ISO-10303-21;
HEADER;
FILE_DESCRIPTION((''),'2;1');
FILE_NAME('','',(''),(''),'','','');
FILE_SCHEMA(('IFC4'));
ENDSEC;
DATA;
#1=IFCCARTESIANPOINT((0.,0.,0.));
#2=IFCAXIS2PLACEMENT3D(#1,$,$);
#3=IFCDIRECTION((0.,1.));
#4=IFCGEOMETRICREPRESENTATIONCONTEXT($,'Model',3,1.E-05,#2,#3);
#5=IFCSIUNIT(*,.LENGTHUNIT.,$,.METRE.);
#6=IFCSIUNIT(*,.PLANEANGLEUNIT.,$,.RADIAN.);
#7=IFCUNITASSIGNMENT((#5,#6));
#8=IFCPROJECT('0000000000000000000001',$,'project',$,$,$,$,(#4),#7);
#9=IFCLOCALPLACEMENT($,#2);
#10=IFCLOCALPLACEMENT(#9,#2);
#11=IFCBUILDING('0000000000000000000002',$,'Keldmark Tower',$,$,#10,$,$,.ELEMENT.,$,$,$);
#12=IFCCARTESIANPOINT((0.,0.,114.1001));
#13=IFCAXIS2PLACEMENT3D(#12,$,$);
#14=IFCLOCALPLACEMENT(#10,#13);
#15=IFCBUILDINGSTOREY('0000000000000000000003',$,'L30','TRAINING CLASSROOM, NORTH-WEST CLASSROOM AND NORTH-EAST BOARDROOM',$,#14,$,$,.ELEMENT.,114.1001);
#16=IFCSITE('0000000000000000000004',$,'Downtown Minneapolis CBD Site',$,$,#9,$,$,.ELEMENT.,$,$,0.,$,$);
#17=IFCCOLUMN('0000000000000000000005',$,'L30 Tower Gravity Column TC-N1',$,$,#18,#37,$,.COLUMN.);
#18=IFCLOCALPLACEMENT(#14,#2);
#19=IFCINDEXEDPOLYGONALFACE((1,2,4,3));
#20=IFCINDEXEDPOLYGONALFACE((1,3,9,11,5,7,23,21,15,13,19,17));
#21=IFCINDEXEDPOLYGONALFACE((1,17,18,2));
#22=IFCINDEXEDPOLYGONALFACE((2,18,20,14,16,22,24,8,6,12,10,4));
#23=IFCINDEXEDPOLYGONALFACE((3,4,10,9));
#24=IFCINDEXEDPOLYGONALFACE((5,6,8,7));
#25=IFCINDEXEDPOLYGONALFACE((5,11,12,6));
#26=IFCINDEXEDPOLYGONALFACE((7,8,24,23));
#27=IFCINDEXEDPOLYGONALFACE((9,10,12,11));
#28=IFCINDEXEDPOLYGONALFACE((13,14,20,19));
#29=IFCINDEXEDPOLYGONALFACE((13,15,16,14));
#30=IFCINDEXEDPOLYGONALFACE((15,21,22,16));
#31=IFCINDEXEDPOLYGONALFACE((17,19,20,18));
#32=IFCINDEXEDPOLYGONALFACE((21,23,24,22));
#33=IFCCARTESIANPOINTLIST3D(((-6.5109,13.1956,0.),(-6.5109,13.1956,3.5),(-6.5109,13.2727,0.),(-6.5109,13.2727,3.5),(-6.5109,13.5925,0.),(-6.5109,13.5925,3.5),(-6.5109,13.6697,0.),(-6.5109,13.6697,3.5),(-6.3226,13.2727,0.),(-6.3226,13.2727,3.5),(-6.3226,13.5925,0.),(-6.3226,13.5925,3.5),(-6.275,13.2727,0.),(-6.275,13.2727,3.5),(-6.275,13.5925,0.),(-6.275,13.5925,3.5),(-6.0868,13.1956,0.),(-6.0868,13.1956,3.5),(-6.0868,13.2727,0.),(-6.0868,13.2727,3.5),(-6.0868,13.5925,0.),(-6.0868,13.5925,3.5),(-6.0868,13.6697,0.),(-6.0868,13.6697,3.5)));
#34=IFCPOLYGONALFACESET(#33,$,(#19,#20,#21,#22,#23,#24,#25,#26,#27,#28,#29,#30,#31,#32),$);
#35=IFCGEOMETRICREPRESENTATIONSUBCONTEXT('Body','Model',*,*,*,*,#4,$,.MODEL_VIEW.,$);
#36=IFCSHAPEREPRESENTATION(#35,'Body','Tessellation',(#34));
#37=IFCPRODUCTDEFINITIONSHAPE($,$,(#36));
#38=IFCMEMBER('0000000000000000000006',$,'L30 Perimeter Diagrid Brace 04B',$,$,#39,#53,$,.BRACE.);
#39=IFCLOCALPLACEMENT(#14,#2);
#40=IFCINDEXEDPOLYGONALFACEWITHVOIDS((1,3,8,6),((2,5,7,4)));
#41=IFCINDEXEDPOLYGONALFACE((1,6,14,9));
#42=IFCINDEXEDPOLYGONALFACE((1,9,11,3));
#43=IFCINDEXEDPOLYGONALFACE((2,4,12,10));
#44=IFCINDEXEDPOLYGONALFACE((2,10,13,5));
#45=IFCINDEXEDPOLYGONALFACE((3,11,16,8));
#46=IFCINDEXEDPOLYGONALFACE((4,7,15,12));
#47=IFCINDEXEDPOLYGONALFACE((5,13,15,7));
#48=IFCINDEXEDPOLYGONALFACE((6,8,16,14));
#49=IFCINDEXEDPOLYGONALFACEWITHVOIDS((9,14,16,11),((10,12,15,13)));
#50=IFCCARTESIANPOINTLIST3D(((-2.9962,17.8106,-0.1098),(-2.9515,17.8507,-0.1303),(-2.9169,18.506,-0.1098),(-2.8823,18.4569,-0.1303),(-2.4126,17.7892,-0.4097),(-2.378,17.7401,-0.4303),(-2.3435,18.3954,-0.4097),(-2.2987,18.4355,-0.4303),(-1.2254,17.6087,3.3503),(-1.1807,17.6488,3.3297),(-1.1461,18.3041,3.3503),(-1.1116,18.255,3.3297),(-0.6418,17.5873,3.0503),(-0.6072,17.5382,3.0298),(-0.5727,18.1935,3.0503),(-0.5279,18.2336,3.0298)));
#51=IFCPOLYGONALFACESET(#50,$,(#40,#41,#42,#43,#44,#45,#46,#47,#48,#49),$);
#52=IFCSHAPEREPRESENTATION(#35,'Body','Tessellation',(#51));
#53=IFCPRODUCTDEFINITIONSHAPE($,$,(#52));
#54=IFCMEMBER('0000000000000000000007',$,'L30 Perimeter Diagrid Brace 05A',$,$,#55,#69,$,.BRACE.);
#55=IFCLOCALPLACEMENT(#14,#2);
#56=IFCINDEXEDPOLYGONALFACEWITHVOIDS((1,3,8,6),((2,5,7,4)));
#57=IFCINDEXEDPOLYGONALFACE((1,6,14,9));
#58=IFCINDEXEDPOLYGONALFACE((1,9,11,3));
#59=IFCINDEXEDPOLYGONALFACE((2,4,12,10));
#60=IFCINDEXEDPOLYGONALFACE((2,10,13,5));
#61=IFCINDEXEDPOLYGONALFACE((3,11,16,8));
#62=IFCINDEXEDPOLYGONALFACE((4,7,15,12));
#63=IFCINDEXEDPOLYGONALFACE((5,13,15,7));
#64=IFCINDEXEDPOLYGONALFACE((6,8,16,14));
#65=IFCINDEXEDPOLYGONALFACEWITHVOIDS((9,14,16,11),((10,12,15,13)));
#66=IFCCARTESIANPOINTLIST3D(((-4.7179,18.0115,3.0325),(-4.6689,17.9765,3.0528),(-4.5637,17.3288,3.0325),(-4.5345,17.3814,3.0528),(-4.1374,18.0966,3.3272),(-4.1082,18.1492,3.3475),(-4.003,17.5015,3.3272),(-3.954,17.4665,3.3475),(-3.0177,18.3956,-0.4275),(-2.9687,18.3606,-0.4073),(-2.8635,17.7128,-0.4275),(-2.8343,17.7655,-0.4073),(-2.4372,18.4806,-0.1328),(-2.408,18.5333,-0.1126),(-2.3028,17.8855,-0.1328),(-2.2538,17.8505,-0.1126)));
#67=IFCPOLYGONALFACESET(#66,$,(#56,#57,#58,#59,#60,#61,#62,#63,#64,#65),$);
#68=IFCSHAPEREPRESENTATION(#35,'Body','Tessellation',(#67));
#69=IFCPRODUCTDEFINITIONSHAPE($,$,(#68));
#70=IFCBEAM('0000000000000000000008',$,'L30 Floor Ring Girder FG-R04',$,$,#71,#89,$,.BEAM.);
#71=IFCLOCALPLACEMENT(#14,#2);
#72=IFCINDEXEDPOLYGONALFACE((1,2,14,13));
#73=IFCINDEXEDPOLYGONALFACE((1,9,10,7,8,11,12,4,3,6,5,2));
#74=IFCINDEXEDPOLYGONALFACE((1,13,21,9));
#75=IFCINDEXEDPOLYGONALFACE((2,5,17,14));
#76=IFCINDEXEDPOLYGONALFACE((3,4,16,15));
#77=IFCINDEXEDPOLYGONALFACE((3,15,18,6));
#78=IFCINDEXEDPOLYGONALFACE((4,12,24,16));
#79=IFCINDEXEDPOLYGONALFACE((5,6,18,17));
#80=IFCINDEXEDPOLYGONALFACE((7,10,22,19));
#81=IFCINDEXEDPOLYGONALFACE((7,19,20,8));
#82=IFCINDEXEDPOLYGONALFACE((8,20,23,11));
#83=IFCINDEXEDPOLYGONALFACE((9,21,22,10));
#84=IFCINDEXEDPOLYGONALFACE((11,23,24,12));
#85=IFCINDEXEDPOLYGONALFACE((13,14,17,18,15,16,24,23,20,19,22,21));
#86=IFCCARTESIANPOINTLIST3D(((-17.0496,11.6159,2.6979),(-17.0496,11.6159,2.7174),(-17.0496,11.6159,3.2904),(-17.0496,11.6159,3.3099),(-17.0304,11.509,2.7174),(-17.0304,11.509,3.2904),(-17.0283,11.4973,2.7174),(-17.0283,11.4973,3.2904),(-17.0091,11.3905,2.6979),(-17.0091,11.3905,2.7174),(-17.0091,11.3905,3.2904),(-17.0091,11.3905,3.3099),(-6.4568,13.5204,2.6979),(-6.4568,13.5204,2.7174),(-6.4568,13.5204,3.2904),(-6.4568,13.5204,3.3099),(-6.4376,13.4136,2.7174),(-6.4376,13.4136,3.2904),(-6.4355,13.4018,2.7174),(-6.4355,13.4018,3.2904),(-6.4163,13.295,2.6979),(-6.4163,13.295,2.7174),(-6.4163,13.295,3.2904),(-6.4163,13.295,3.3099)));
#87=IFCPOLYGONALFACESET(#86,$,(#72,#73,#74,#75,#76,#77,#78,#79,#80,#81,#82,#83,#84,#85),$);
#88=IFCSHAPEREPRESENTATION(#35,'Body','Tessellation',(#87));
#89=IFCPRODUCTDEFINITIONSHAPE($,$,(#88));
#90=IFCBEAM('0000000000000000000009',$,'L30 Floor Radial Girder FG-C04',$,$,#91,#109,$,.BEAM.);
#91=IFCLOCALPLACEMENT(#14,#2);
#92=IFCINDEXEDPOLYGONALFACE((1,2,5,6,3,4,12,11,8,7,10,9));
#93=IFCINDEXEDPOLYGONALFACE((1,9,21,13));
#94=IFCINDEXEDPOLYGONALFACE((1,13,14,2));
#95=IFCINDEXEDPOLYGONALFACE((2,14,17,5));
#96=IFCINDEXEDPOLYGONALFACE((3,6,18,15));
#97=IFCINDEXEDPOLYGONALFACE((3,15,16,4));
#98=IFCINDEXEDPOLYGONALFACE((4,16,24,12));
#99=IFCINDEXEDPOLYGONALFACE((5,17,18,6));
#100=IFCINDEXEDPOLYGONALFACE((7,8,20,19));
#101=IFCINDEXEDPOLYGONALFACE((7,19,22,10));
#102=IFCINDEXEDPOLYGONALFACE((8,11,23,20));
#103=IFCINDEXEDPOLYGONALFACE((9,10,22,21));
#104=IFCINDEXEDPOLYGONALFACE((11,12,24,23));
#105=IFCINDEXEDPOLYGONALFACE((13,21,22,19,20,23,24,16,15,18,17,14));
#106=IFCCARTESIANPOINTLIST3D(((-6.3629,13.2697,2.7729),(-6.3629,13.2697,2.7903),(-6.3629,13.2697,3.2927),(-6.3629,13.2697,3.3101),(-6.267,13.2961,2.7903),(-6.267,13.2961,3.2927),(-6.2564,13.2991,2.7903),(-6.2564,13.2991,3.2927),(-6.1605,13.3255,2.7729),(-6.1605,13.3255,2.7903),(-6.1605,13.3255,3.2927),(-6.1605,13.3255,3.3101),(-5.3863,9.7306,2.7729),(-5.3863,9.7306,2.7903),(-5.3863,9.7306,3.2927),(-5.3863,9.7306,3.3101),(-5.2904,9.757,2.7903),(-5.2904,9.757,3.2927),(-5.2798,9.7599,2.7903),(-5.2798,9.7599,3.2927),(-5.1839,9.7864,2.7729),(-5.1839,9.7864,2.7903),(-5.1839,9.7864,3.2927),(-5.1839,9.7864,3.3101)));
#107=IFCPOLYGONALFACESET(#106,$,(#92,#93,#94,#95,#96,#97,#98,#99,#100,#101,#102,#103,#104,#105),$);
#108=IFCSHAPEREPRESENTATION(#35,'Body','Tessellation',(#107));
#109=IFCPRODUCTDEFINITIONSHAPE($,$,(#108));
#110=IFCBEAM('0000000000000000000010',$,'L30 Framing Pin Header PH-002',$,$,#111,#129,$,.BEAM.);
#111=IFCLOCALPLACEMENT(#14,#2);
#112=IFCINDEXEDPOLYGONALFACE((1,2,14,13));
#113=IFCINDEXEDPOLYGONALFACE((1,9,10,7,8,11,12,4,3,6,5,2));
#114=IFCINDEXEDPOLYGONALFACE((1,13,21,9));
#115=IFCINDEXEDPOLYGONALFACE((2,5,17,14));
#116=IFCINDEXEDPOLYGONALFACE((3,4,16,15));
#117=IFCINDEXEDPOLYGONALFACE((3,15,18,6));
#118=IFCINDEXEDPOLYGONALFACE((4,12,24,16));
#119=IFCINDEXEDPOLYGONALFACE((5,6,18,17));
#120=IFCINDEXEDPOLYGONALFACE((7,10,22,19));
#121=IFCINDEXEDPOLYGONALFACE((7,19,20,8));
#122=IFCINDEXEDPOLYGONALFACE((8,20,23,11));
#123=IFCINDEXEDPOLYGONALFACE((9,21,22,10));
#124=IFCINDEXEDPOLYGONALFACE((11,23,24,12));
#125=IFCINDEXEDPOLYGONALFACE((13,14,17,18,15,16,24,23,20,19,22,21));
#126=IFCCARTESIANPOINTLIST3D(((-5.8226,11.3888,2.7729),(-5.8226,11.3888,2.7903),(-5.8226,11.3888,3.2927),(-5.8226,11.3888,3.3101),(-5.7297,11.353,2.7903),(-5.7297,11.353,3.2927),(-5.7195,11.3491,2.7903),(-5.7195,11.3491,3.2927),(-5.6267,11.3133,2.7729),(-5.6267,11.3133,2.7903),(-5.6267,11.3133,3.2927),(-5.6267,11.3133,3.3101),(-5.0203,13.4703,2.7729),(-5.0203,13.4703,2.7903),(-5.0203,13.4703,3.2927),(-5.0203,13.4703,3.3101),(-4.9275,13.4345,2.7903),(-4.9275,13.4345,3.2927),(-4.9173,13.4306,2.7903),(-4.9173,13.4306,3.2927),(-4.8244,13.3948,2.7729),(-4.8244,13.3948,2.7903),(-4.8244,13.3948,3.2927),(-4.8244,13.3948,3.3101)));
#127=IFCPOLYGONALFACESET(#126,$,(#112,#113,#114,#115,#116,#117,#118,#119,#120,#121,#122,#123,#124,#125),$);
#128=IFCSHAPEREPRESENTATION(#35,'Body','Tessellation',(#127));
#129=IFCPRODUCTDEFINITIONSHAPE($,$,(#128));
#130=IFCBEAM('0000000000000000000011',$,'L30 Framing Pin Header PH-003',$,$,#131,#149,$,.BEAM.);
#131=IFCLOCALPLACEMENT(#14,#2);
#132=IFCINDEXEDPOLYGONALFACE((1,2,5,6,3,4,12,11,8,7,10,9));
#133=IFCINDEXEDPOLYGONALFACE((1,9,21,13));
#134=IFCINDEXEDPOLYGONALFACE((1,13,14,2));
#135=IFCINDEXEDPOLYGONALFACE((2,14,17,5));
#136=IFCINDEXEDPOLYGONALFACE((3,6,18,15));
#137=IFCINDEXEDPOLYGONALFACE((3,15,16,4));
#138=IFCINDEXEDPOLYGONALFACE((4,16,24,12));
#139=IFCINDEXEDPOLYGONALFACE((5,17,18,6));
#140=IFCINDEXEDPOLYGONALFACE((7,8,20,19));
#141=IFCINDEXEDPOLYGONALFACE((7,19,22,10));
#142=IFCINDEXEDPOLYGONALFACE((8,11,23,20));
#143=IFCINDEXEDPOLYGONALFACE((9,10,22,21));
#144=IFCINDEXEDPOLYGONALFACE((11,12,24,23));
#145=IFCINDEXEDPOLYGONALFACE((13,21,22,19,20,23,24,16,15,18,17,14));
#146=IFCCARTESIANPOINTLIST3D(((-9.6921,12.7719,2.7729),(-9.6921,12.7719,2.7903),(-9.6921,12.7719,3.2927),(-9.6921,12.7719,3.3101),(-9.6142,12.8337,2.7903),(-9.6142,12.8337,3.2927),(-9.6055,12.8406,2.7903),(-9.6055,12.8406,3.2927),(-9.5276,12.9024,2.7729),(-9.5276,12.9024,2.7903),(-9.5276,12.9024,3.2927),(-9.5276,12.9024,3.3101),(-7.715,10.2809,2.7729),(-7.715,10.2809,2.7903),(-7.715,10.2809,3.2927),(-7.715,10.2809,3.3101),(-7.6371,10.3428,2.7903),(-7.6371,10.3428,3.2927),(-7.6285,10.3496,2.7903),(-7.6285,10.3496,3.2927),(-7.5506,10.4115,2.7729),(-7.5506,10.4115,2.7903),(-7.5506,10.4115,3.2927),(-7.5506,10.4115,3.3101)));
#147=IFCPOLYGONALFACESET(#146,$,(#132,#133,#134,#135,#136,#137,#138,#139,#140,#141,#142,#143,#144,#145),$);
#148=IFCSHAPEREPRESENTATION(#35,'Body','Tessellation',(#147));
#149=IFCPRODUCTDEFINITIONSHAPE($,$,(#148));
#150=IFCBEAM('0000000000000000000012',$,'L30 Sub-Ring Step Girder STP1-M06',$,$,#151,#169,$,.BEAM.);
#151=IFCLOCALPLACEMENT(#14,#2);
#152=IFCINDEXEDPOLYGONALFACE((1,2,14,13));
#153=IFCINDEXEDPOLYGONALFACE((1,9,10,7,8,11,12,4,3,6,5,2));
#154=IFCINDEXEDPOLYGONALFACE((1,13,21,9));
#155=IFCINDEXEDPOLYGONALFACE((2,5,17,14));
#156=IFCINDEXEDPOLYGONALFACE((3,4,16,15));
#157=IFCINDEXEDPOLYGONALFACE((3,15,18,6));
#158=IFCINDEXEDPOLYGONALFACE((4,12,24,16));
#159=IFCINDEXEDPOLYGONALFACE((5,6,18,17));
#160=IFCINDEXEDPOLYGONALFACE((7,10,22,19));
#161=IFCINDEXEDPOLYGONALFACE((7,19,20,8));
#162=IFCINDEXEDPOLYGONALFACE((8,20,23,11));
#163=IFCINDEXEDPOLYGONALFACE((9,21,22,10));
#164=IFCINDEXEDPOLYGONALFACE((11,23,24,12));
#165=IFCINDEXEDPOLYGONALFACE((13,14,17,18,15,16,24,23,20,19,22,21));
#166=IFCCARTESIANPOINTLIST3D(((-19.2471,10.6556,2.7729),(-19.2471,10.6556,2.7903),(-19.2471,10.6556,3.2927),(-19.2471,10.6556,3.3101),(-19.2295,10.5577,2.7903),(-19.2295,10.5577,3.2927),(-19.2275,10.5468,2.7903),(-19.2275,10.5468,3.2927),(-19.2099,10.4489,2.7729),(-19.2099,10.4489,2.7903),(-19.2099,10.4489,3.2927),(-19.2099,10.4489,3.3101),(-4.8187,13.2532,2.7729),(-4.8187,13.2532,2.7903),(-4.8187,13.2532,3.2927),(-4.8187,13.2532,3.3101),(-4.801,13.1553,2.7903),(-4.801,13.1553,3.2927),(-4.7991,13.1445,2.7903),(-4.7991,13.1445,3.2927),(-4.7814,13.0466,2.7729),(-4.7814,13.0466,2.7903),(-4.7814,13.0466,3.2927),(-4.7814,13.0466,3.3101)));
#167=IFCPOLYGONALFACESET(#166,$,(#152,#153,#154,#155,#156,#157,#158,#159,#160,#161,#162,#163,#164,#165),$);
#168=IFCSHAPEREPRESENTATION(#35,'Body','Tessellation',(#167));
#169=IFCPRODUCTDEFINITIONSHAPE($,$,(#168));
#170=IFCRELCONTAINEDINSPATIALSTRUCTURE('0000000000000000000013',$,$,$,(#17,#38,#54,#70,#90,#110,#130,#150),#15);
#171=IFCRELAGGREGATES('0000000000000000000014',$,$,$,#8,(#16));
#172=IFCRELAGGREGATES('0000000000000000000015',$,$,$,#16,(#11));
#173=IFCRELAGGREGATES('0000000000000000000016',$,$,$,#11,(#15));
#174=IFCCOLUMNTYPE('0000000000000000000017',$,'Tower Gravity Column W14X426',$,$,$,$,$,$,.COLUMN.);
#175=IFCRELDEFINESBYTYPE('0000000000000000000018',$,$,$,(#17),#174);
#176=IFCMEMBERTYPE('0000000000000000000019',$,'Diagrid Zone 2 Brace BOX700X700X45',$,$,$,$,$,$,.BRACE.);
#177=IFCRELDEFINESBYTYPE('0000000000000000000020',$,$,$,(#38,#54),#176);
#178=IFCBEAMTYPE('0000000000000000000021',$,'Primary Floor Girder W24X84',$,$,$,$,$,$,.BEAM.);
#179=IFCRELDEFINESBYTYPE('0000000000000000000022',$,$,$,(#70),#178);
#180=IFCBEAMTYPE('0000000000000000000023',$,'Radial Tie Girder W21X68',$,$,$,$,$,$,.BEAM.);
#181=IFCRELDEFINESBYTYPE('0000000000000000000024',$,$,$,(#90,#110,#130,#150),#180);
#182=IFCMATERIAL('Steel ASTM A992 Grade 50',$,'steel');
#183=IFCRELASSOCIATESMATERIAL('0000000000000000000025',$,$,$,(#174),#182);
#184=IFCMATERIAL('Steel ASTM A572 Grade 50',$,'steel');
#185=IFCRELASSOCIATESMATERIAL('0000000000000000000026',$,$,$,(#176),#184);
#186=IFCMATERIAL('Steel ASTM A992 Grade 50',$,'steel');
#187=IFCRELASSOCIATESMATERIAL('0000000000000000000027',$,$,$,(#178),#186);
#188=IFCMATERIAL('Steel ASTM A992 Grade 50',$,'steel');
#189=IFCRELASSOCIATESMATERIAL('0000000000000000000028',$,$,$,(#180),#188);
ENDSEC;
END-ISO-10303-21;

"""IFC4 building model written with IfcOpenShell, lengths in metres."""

from ifc_helpers import new_model, si_unit, direction, frame, origin, origin_2d, place, context, subcontext, project, spatial, hollow_rectangle, i_section, extrude, material, material_profile, profile_set, type_object, element, save


model = new_model("IFC4")

# Units and contexts
model_context = context("Model", 3, precision=1e-05, world=origin(), true_north=direction((0.0, 1.0)))
body_context = subcontext(model_context, "Body", "Model", "MODEL_VIEW")
ifc_project = project(units=[si_unit("LENGTHUNIT", "METRE"), si_unit("PLANEANGLEUNIT", "RADIAN")], contexts=[model_context])

# Site, building, storey
site_placement = place(None, origin())
site = spatial("IfcSite", under=ifc_project, at=site_placement, Name="Downtown Minneapolis CBD Site", CompositionType="ELEMENT", RefElevation=0.0)
building_placement = place(site_placement, origin())
building = spatial("IfcBuilding", under=site, at=building_placement, Name="Keldmark Tower", CompositionType="ELEMENT")
storey_placement = place(building_placement, frame((0.0, 0.0, 114.1001)))
storey = spatial("IfcBuildingStorey", under=building, at=storey_placement, Name="L30", Description="TRAINING CLASSROOM, NORTH-WEST CLASSROOM AND NORTH-EAST BOARDROOM", CompositionType="ELEMENT", Elevation=114.1001)

# Column
ifc_material_1 = material(Name="Steel ASTM A992 Grade 50", Category="steel")
ifc_material_profile_1 = material_profile(ifc_material_1, i_section(OverallWidth=0.4241, OverallDepth=0.4741, WebThickness=0.0476, FlangeThickness=0.0771, at=origin_2d()), Name="W14X426")
ifc_profile_set_1 = profile_set([ifc_material_profile_1], Name="Steel ASTM A992 Grade 50")
column_type = type_object("IfcColumnType", Name="Tower Gravity Column W14X426", PredefinedType="COLUMN", material=ifc_profile_set_1)
column_placement = place(storey_placement, frame((-6.2988, 13.4326, 0.0), z_axis=(0.0, 0.0, 1.0), x_axis=(1.0, 0.0, 0.0)))
element("IfcColumn", 1, at=column_placement, inside=storey, type_object=column_type, Name="L30 Tower Gravity Column TC-N1", PredefinedType="COLUMN", context=body_context, shape_type="SweptSolid", body=[
    extrude(i_section(OverallWidth=0.4241, OverallDepth=0.4741, WebThickness=0.0476, FlangeThickness=0.0771, at=origin_2d()), origin(), (0.0, 0.0, 1.0), 3.5),
])

# Members
ifc_material_2 = material(Name="Steel ASTM A572 Grade 50", Category="steel")
ifc_material_profile_2 = material_profile(ifc_material_2, hollow_rectangle(XDim=0.7, YDim=0.7, WallThickness=0.0449, at=origin_2d()), Name="BOX700X700X45")
ifc_profile_set_2 = profile_set([ifc_material_profile_2], Name="Steel ASTM A572 Grade 50")
member_type = type_object("IfcMemberType", Name="Diagrid Zone 2 Brace BOX700X700X45", PredefinedType="BRACE", material=ifc_profile_set_2)
member_1_placement = place(storey_placement, frame((-2.6475, 18.123, -0.27), z_axis=(0.454972, -0.051877, 0.888993), x_axis=(0.113288, 0.993562, 0.0)))
element("IfcMember", 2, at=member_1_placement, inside=storey, type_object=member_type, Name="L30 Perimeter Diagrid Brace 04B", PredefinedType="BRACE", context=body_context, shape_type="SweptSolid", body=[
    extrude(hollow_rectangle(XDim=0.7, YDim=0.7, WallThickness=0.0449, at=origin_2d()), origin(), (0.0, 0.0, 1.0), 3.8921),
])
member_2_placement = place(storey_placement, frame((-2.6357, 18.123, -0.27), z_axis=(-0.43885, -0.099126, 0.893076), x_axis=(0.220325, -0.975426, 0.0)))
element("IfcMember", 3, at=member_2_placement, inside=storey, type_object=member_type, Name="L30 Perimeter Diagrid Brace 05A", PredefinedType="BRACE", context=body_context, shape_type="SweptSolid", body=[
    extrude(hollow_rectangle(XDim=0.7, YDim=0.7, WallThickness=0.0449, at=origin_2d()), origin(), (0.0, 0.0, 1.0), 3.8743),
])

# Beams
ifc_material_3 = material(Name="Steel ASTM A992 Grade 50", Category="steel")
ifc_material_profile_3 = material_profile(ifc_material_3, i_section(OverallWidth=0.229, OverallDepth=0.6121, WebThickness=0.012, FlangeThickness=0.0195, at=origin_2d()), Name="W24X84")
ifc_profile_set_3 = profile_set([ifc_material_profile_3], Name="Steel ASTM A992 Grade 50")
beam_type_1 = type_object("IfcBeamType", Name="Primary Floor Girder W24X84", PredefinedType="BEAM", material=ifc_profile_set_3)
beam_1_placement = place(storey_placement, frame((-6.4365, 13.4077, 3.0039), z_axis=(-0.984218, -0.176959, 0.0), x_axis=(0.176959, -0.984218, 0.0)))
element("IfcBeam", 4, at=beam_1_placement, inside=storey, type_object=beam_type_1, Name="L30 Floor Ring Girder FG-R04", PredefinedType="BEAM", context=body_context, shape_type="SweptSolid", body=[
    extrude(i_section(OverallWidth=0.229, OverallDepth=0.6121, WebThickness=0.012, FlangeThickness=0.0195, at=origin_2d()), origin(), (0.0, 0.0, 1.0), 10.7627),
])
ifc_material_4 = material(Name="Steel ASTM A992 Grade 50", Category="steel")
ifc_material_profile_4 = material_profile(ifc_material_4, i_section(OverallWidth=0.21, OverallDepth=0.5371, WebThickness=0.011, FlangeThickness=0.0173, at=origin_2d()), Name="W21X68")
ifc_profile_set_4 = profile_set([ifc_material_profile_4], Name="Steel ASTM A992 Grade 50")
beam_type_2 = type_object("IfcBeamType", Name="Radial Tie Girder W21X68", PredefinedType="BEAM", material=ifc_profile_set_4)
beam_2_placement = place(storey_placement, frame((-6.2617, 13.2976, 3.0415), z_axis=(0.265997, -0.963974, 0.0), x_axis=(0.963974, 0.265997, 0.0)))
element("IfcBeam", 5, at=beam_2_placement, inside=storey, type_object=beam_type_2, Name="L30 Floor Radial Girder FG-C04", PredefinedType="BEAM", context=body_context, shape_type="SweptSolid", body=[
    extrude(i_section(OverallWidth=0.21, OverallDepth=0.5371, WebThickness=0.011, FlangeThickness=0.0173, at=origin_2d()), origin(), (0.0, 0.0, 1.0), 3.6714),
])
beam_3_placement = place(storey_placement, frame((-5.7246, 11.3511, 3.0415), z_axis=(0.359624, 0.933097, 0.0), x_axis=(-0.933097, 0.359624, 0.0)))
element("IfcBeam", 6, at=beam_3_placement, inside=storey, type_object=beam_type_2, Name="L30 Framing Pin Header PH-002", PredefinedType="BEAM", context=body_context, shape_type="SweptSolid", body=[
    extrude(i_section(OverallWidth=0.21, OverallDepth=0.5371, WebThickness=0.011, FlangeThickness=0.0173, at=origin_2d()), origin(), (0.0, 0.0, 1.0), 2.2307),
])
beam_4_placement = place(storey_placement, frame((-7.6328, 10.3462, 3.0415), z_axis=(-0.621676, 0.783275, 0.0), x_axis=(-0.783275, -0.621676, 0.0)))
element("IfcBeam", 7, at=beam_4_placement, inside=storey, type_object=beam_type_2, Name="L30 Framing Pin Header PH-003", PredefinedType="BEAM", context=body_context, shape_type="SweptSolid", body=[
    extrude(i_section(OverallWidth=0.21, OverallDepth=0.5371, WebThickness=0.011, FlangeThickness=0.0173, at=origin_2d()), origin(), (0.0, 0.0, 1.0), 3.1802),
])
beam_5_placement = place(storey_placement, frame((-4.8, 13.1499, 3.0415), z_axis=(-0.984177, -0.177188, 0.0), x_axis=(0.177188, -0.984177, 0.0)))
element("IfcBeam", 8, at=beam_5_placement, inside=storey, type_object=beam_type_2, Name="L30 Sub-Ring Step Girder STP1-M06", PredefinedType="BEAM", context=body_context, shape_type="SweptSolid", body=[
    extrude(i_section(OverallWidth=0.21, OverallDepth=0.5371, WebThickness=0.011, FlangeThickness=0.0173, at=origin_2d()), origin(), (0.0, 0.0, 1.0), 14.6604),
])

save(model, "model.ifc")
